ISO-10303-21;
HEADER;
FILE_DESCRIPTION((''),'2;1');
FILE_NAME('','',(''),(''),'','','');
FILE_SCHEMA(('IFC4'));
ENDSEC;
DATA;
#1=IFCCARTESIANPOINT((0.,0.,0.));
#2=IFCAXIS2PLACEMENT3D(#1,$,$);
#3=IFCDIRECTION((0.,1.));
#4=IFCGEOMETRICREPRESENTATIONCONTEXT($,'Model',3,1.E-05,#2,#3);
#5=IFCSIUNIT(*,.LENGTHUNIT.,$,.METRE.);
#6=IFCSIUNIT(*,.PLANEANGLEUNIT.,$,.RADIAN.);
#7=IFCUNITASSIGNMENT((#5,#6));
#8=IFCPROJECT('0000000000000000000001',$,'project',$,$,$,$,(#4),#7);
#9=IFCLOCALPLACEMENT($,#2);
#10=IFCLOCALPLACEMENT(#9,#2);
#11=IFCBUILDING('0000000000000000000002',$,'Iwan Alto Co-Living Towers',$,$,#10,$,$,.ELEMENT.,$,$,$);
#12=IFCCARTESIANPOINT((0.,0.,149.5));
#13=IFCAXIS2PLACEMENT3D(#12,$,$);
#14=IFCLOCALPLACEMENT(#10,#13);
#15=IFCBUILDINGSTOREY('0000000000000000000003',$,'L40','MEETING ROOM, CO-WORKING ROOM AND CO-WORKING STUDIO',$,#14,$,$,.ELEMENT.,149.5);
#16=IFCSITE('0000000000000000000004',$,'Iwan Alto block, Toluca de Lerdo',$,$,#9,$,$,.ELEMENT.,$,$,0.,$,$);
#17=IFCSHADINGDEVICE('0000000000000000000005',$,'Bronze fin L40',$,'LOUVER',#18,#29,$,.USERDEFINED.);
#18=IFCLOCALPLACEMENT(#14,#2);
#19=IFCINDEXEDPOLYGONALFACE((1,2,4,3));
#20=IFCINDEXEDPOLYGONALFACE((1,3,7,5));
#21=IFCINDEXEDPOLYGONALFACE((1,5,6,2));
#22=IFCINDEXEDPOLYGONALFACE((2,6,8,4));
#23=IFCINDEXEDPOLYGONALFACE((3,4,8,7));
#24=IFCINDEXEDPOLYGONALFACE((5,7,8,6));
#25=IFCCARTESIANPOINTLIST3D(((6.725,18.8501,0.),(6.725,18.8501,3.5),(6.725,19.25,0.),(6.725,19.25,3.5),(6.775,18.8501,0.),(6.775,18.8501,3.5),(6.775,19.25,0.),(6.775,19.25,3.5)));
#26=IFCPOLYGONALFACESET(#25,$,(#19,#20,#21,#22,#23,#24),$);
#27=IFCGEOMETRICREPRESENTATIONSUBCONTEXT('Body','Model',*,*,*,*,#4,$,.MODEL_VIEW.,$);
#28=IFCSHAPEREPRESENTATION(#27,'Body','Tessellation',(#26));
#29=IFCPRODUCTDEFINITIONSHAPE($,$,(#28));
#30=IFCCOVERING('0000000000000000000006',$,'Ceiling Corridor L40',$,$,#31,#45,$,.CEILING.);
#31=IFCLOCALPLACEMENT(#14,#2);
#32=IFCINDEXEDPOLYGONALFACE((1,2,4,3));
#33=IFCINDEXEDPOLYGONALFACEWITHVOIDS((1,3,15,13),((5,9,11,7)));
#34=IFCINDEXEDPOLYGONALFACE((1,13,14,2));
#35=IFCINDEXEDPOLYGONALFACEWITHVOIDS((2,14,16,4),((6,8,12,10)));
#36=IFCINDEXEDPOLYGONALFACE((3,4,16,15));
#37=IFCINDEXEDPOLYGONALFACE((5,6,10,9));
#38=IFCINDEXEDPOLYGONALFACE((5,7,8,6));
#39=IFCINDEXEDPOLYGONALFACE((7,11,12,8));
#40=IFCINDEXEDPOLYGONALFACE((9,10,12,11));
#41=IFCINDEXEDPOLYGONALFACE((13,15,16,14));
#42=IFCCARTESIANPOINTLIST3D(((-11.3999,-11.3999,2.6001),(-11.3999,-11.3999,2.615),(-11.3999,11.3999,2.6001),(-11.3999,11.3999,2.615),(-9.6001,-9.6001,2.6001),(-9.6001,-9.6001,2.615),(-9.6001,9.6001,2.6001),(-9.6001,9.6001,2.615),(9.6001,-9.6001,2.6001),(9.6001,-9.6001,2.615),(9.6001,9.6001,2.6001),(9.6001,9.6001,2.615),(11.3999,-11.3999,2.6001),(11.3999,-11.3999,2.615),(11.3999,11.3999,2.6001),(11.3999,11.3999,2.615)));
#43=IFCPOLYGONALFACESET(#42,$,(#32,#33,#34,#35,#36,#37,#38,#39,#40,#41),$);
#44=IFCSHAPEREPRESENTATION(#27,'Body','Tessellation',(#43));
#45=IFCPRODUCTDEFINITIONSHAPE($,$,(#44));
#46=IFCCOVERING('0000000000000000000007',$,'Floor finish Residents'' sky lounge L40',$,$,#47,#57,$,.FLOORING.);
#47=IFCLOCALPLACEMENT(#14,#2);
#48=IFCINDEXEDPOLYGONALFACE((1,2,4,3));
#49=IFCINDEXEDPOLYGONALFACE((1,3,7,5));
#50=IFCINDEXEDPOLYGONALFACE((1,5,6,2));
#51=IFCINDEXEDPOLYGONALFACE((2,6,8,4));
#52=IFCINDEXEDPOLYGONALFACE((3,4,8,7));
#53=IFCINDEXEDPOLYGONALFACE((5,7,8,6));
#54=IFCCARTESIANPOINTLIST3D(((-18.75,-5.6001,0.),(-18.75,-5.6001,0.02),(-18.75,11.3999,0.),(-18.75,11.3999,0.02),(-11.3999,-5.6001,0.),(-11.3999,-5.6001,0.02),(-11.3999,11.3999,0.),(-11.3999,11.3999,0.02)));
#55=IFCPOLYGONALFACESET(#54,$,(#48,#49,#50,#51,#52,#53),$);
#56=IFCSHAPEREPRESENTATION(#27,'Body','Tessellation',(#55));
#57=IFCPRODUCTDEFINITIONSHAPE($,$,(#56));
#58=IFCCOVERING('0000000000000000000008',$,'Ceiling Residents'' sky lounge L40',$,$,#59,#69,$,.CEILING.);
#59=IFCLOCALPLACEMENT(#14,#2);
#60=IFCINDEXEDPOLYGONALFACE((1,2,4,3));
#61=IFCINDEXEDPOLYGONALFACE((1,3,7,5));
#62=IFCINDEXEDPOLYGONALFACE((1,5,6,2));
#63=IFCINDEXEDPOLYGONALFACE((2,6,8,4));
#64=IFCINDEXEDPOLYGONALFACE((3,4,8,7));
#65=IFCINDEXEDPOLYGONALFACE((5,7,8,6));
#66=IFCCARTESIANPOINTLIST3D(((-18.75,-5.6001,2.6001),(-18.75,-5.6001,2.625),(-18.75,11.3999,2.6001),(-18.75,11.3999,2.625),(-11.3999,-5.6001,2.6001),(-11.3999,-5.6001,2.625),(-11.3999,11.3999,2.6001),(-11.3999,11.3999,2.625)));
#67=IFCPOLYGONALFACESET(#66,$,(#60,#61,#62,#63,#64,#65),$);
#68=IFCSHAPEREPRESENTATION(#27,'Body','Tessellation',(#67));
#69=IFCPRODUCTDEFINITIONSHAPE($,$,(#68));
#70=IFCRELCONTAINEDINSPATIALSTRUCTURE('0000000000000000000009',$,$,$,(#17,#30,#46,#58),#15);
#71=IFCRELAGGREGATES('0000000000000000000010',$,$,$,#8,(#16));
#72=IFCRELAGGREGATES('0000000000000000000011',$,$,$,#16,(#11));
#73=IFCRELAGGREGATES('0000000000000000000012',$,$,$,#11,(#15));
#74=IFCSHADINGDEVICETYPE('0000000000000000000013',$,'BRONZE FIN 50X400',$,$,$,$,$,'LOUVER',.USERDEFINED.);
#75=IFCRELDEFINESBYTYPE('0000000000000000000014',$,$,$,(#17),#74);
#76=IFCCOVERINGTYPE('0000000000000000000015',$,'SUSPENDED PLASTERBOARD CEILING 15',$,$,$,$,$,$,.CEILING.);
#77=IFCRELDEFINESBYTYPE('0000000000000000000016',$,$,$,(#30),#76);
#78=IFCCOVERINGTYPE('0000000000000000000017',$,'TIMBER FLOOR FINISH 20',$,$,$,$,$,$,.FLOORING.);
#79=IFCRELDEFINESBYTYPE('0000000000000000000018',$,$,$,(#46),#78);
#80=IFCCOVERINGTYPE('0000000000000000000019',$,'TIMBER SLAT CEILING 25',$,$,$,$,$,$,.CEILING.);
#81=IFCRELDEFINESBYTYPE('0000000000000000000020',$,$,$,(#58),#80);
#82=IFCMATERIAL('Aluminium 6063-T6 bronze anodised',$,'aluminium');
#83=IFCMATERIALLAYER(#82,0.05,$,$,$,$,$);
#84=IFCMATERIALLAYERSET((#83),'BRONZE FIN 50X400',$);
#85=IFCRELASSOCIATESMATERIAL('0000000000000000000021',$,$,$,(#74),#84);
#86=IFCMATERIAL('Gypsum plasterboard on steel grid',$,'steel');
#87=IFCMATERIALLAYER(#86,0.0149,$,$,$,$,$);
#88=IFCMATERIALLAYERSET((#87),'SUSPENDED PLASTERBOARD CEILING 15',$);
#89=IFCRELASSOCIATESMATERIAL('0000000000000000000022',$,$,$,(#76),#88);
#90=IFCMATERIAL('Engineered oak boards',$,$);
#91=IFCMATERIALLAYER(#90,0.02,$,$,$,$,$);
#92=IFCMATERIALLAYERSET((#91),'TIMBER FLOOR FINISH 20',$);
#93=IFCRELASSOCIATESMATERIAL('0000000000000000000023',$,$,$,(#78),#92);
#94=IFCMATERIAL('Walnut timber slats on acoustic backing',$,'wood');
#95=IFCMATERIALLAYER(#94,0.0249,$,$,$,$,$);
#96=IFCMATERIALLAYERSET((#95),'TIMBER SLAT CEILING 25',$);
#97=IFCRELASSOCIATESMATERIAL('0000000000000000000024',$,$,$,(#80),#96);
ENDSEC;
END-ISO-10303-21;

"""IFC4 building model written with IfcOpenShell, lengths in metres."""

from ifc_helpers import new_model, si_unit, direction, frame, origin, origin_2d, place, context, subcontext, project, spatial, polyline, rectangle, outline, extrude, material, layer, layer_set, type_object, element, save


model = new_model("IFC4")

# Units and contexts
model_context = context("Model", 3, precision=1e-05, world=origin(), true_north=direction((0.0, 1.0)))
body_context = subcontext(model_context, "Body", "Model", "MODEL_VIEW")
ifc_project = project(units=[si_unit("LENGTHUNIT", "METRE"), si_unit("PLANEANGLEUNIT", "RADIAN")], contexts=[model_context])

# Site, building, storey
site_placement = place(None, origin())
site = spatial("IfcSite", under=ifc_project, at=site_placement, Name="Iwan Alto block, Toluca de Lerdo", CompositionType="ELEMENT", RefElevation=0.0)
building_placement = place(site_placement, origin())
building = spatial("IfcBuilding", under=site, at=building_placement, Name="Iwan Alto Co-Living Towers", CompositionType="ELEMENT")
storey_placement = place(building_placement, frame((0.0, 0.0, 149.5)))
storey = spatial("IfcBuildingStorey", under=building, at=storey_placement, Name="L40", Description="MEETING ROOM, CO-WORKING ROOM AND CO-WORKING STUDIO", CompositionType="ELEMENT", Elevation=149.5)

# Shading device
ifc_material_1 = material(Name="Aluminium 6063-T6 bronze anodised", Category="aluminium")
ifc_layer_1 = layer(ifc_material_1, 0.05)
ifc_layer_set_1 = layer_set([ifc_layer_1], Name="BRONZE FIN 50X400")
shading_device_type = type_object("IfcShadingDeviceType", Name="BRONZE FIN 50X400", ElementType="LOUVER", PredefinedType="USERDEFINED", material=ifc_layer_set_1)
shading_device_placement = place(storey_placement, frame((6.75, 19.05, 0.0), z_axis=(0.0, 0.0, 1.0), x_axis=(-1.0, 0.0, 0.0)))
element("IfcShadingDevice", 1, at=shading_device_placement, inside=storey, type_object=shading_device_type, Name="Bronze fin L40", ObjectType="LOUVER", PredefinedType="USERDEFINED", context=body_context, shape_type="SweptSolid", body=[
    extrude(rectangle(XDim=0.05, YDim=0.3999, at=origin_2d()), origin(), (0.0, 0.0, 1.0), 3.5),
])

# Coverings
ifc_material_2 = material(Name="Gypsum plasterboard on steel grid", Category="steel")
ifc_layer_2 = layer(ifc_material_2, 0.0149)
ifc_layer_set_2 = layer_set([ifc_layer_2], Name="SUSPENDED PLASTERBOARD CEILING 15")
covering_type_1 = type_object("IfcCoveringType", Name="SUSPENDED PLASTERBOARD CEILING 15", PredefinedType="CEILING", material=ifc_layer_set_2)
covering_1_placement = place(storey_placement, frame((0.0, 0.0, 2.6001)))
element("IfcCovering", 2, at=covering_1_placement, inside=storey, type_object=covering_type_1, Name="Ceiling Corridor L40", PredefinedType="CEILING", context=body_context, shape_type="SweptSolid", body=[
    extrude(outline(polyline([(-11.3999, 11.3999), (11.3999, 11.3999), (11.3999, -11.3999), (-11.3999, -11.3999), (-11.3999, 11.3999)]), holes=[polyline([(-9.6001, 9.6001), (-9.6001, -9.6001), (9.6001, -9.6001), (9.6001, 9.6001), (-9.6001, 9.6001)])]), origin(), (0.0, 0.0, 1.0), 0.0149),
])
ifc_material_3 = material(Name="Engineered oak boards")
ifc_layer_3 = layer(ifc_material_3, 0.02)
ifc_layer_set_3 = layer_set([ifc_layer_3], Name="TIMBER FLOOR FINISH 20")
covering_type_2 = type_object("IfcCoveringType", Name="TIMBER FLOOR FINISH 20", PredefinedType="FLOORING", material=ifc_layer_set_3)
covering_2_placement = place(storey_placement, origin())
element("IfcCovering", 3, at=covering_2_placement, inside=storey, type_object=covering_type_2, Name="Floor finish Residents' sky lounge L40", PredefinedType="FLOORING", context=body_context, shape_type="SweptSolid", body=[
    extrude(outline(polyline([(-11.3999, -5.6001), (-18.75, -5.6001), (-18.75, 11.3999), (-11.3999, 11.3999), (-11.3999, -5.6001)])), origin(), (0.0, 0.0, 1.0), 0.02),
])
ifc_material_4 = material(Name="Walnut timber slats on acoustic backing", Category="wood")
ifc_layer_4 = layer(ifc_material_4, 0.0249)
ifc_layer_set_4 = layer_set([ifc_layer_4], Name="TIMBER SLAT CEILING 25")
covering_type_3 = type_object("IfcCoveringType", Name="TIMBER SLAT CEILING 25", PredefinedType="CEILING", material=ifc_layer_set_4)
covering_3_placement = place(storey_placement, frame((0.0, 0.0, 2.6001)))
element("IfcCovering", 4, at=covering_3_placement, inside=storey, type_object=covering_type_3, Name="Ceiling Residents' sky lounge L40", PredefinedType="CEILING", context=body_context, shape_type="SweptSolid", body=[
    extrude(outline(polyline([(-11.3999, -5.6001), (-18.75, -5.6001), (-18.75, 11.3999), (-11.3999, 11.3999), (-11.3999, -5.6001)])), origin(), (0.0, 0.0, 1.0), 0.0249),
])

save(model, "model.ifc")
